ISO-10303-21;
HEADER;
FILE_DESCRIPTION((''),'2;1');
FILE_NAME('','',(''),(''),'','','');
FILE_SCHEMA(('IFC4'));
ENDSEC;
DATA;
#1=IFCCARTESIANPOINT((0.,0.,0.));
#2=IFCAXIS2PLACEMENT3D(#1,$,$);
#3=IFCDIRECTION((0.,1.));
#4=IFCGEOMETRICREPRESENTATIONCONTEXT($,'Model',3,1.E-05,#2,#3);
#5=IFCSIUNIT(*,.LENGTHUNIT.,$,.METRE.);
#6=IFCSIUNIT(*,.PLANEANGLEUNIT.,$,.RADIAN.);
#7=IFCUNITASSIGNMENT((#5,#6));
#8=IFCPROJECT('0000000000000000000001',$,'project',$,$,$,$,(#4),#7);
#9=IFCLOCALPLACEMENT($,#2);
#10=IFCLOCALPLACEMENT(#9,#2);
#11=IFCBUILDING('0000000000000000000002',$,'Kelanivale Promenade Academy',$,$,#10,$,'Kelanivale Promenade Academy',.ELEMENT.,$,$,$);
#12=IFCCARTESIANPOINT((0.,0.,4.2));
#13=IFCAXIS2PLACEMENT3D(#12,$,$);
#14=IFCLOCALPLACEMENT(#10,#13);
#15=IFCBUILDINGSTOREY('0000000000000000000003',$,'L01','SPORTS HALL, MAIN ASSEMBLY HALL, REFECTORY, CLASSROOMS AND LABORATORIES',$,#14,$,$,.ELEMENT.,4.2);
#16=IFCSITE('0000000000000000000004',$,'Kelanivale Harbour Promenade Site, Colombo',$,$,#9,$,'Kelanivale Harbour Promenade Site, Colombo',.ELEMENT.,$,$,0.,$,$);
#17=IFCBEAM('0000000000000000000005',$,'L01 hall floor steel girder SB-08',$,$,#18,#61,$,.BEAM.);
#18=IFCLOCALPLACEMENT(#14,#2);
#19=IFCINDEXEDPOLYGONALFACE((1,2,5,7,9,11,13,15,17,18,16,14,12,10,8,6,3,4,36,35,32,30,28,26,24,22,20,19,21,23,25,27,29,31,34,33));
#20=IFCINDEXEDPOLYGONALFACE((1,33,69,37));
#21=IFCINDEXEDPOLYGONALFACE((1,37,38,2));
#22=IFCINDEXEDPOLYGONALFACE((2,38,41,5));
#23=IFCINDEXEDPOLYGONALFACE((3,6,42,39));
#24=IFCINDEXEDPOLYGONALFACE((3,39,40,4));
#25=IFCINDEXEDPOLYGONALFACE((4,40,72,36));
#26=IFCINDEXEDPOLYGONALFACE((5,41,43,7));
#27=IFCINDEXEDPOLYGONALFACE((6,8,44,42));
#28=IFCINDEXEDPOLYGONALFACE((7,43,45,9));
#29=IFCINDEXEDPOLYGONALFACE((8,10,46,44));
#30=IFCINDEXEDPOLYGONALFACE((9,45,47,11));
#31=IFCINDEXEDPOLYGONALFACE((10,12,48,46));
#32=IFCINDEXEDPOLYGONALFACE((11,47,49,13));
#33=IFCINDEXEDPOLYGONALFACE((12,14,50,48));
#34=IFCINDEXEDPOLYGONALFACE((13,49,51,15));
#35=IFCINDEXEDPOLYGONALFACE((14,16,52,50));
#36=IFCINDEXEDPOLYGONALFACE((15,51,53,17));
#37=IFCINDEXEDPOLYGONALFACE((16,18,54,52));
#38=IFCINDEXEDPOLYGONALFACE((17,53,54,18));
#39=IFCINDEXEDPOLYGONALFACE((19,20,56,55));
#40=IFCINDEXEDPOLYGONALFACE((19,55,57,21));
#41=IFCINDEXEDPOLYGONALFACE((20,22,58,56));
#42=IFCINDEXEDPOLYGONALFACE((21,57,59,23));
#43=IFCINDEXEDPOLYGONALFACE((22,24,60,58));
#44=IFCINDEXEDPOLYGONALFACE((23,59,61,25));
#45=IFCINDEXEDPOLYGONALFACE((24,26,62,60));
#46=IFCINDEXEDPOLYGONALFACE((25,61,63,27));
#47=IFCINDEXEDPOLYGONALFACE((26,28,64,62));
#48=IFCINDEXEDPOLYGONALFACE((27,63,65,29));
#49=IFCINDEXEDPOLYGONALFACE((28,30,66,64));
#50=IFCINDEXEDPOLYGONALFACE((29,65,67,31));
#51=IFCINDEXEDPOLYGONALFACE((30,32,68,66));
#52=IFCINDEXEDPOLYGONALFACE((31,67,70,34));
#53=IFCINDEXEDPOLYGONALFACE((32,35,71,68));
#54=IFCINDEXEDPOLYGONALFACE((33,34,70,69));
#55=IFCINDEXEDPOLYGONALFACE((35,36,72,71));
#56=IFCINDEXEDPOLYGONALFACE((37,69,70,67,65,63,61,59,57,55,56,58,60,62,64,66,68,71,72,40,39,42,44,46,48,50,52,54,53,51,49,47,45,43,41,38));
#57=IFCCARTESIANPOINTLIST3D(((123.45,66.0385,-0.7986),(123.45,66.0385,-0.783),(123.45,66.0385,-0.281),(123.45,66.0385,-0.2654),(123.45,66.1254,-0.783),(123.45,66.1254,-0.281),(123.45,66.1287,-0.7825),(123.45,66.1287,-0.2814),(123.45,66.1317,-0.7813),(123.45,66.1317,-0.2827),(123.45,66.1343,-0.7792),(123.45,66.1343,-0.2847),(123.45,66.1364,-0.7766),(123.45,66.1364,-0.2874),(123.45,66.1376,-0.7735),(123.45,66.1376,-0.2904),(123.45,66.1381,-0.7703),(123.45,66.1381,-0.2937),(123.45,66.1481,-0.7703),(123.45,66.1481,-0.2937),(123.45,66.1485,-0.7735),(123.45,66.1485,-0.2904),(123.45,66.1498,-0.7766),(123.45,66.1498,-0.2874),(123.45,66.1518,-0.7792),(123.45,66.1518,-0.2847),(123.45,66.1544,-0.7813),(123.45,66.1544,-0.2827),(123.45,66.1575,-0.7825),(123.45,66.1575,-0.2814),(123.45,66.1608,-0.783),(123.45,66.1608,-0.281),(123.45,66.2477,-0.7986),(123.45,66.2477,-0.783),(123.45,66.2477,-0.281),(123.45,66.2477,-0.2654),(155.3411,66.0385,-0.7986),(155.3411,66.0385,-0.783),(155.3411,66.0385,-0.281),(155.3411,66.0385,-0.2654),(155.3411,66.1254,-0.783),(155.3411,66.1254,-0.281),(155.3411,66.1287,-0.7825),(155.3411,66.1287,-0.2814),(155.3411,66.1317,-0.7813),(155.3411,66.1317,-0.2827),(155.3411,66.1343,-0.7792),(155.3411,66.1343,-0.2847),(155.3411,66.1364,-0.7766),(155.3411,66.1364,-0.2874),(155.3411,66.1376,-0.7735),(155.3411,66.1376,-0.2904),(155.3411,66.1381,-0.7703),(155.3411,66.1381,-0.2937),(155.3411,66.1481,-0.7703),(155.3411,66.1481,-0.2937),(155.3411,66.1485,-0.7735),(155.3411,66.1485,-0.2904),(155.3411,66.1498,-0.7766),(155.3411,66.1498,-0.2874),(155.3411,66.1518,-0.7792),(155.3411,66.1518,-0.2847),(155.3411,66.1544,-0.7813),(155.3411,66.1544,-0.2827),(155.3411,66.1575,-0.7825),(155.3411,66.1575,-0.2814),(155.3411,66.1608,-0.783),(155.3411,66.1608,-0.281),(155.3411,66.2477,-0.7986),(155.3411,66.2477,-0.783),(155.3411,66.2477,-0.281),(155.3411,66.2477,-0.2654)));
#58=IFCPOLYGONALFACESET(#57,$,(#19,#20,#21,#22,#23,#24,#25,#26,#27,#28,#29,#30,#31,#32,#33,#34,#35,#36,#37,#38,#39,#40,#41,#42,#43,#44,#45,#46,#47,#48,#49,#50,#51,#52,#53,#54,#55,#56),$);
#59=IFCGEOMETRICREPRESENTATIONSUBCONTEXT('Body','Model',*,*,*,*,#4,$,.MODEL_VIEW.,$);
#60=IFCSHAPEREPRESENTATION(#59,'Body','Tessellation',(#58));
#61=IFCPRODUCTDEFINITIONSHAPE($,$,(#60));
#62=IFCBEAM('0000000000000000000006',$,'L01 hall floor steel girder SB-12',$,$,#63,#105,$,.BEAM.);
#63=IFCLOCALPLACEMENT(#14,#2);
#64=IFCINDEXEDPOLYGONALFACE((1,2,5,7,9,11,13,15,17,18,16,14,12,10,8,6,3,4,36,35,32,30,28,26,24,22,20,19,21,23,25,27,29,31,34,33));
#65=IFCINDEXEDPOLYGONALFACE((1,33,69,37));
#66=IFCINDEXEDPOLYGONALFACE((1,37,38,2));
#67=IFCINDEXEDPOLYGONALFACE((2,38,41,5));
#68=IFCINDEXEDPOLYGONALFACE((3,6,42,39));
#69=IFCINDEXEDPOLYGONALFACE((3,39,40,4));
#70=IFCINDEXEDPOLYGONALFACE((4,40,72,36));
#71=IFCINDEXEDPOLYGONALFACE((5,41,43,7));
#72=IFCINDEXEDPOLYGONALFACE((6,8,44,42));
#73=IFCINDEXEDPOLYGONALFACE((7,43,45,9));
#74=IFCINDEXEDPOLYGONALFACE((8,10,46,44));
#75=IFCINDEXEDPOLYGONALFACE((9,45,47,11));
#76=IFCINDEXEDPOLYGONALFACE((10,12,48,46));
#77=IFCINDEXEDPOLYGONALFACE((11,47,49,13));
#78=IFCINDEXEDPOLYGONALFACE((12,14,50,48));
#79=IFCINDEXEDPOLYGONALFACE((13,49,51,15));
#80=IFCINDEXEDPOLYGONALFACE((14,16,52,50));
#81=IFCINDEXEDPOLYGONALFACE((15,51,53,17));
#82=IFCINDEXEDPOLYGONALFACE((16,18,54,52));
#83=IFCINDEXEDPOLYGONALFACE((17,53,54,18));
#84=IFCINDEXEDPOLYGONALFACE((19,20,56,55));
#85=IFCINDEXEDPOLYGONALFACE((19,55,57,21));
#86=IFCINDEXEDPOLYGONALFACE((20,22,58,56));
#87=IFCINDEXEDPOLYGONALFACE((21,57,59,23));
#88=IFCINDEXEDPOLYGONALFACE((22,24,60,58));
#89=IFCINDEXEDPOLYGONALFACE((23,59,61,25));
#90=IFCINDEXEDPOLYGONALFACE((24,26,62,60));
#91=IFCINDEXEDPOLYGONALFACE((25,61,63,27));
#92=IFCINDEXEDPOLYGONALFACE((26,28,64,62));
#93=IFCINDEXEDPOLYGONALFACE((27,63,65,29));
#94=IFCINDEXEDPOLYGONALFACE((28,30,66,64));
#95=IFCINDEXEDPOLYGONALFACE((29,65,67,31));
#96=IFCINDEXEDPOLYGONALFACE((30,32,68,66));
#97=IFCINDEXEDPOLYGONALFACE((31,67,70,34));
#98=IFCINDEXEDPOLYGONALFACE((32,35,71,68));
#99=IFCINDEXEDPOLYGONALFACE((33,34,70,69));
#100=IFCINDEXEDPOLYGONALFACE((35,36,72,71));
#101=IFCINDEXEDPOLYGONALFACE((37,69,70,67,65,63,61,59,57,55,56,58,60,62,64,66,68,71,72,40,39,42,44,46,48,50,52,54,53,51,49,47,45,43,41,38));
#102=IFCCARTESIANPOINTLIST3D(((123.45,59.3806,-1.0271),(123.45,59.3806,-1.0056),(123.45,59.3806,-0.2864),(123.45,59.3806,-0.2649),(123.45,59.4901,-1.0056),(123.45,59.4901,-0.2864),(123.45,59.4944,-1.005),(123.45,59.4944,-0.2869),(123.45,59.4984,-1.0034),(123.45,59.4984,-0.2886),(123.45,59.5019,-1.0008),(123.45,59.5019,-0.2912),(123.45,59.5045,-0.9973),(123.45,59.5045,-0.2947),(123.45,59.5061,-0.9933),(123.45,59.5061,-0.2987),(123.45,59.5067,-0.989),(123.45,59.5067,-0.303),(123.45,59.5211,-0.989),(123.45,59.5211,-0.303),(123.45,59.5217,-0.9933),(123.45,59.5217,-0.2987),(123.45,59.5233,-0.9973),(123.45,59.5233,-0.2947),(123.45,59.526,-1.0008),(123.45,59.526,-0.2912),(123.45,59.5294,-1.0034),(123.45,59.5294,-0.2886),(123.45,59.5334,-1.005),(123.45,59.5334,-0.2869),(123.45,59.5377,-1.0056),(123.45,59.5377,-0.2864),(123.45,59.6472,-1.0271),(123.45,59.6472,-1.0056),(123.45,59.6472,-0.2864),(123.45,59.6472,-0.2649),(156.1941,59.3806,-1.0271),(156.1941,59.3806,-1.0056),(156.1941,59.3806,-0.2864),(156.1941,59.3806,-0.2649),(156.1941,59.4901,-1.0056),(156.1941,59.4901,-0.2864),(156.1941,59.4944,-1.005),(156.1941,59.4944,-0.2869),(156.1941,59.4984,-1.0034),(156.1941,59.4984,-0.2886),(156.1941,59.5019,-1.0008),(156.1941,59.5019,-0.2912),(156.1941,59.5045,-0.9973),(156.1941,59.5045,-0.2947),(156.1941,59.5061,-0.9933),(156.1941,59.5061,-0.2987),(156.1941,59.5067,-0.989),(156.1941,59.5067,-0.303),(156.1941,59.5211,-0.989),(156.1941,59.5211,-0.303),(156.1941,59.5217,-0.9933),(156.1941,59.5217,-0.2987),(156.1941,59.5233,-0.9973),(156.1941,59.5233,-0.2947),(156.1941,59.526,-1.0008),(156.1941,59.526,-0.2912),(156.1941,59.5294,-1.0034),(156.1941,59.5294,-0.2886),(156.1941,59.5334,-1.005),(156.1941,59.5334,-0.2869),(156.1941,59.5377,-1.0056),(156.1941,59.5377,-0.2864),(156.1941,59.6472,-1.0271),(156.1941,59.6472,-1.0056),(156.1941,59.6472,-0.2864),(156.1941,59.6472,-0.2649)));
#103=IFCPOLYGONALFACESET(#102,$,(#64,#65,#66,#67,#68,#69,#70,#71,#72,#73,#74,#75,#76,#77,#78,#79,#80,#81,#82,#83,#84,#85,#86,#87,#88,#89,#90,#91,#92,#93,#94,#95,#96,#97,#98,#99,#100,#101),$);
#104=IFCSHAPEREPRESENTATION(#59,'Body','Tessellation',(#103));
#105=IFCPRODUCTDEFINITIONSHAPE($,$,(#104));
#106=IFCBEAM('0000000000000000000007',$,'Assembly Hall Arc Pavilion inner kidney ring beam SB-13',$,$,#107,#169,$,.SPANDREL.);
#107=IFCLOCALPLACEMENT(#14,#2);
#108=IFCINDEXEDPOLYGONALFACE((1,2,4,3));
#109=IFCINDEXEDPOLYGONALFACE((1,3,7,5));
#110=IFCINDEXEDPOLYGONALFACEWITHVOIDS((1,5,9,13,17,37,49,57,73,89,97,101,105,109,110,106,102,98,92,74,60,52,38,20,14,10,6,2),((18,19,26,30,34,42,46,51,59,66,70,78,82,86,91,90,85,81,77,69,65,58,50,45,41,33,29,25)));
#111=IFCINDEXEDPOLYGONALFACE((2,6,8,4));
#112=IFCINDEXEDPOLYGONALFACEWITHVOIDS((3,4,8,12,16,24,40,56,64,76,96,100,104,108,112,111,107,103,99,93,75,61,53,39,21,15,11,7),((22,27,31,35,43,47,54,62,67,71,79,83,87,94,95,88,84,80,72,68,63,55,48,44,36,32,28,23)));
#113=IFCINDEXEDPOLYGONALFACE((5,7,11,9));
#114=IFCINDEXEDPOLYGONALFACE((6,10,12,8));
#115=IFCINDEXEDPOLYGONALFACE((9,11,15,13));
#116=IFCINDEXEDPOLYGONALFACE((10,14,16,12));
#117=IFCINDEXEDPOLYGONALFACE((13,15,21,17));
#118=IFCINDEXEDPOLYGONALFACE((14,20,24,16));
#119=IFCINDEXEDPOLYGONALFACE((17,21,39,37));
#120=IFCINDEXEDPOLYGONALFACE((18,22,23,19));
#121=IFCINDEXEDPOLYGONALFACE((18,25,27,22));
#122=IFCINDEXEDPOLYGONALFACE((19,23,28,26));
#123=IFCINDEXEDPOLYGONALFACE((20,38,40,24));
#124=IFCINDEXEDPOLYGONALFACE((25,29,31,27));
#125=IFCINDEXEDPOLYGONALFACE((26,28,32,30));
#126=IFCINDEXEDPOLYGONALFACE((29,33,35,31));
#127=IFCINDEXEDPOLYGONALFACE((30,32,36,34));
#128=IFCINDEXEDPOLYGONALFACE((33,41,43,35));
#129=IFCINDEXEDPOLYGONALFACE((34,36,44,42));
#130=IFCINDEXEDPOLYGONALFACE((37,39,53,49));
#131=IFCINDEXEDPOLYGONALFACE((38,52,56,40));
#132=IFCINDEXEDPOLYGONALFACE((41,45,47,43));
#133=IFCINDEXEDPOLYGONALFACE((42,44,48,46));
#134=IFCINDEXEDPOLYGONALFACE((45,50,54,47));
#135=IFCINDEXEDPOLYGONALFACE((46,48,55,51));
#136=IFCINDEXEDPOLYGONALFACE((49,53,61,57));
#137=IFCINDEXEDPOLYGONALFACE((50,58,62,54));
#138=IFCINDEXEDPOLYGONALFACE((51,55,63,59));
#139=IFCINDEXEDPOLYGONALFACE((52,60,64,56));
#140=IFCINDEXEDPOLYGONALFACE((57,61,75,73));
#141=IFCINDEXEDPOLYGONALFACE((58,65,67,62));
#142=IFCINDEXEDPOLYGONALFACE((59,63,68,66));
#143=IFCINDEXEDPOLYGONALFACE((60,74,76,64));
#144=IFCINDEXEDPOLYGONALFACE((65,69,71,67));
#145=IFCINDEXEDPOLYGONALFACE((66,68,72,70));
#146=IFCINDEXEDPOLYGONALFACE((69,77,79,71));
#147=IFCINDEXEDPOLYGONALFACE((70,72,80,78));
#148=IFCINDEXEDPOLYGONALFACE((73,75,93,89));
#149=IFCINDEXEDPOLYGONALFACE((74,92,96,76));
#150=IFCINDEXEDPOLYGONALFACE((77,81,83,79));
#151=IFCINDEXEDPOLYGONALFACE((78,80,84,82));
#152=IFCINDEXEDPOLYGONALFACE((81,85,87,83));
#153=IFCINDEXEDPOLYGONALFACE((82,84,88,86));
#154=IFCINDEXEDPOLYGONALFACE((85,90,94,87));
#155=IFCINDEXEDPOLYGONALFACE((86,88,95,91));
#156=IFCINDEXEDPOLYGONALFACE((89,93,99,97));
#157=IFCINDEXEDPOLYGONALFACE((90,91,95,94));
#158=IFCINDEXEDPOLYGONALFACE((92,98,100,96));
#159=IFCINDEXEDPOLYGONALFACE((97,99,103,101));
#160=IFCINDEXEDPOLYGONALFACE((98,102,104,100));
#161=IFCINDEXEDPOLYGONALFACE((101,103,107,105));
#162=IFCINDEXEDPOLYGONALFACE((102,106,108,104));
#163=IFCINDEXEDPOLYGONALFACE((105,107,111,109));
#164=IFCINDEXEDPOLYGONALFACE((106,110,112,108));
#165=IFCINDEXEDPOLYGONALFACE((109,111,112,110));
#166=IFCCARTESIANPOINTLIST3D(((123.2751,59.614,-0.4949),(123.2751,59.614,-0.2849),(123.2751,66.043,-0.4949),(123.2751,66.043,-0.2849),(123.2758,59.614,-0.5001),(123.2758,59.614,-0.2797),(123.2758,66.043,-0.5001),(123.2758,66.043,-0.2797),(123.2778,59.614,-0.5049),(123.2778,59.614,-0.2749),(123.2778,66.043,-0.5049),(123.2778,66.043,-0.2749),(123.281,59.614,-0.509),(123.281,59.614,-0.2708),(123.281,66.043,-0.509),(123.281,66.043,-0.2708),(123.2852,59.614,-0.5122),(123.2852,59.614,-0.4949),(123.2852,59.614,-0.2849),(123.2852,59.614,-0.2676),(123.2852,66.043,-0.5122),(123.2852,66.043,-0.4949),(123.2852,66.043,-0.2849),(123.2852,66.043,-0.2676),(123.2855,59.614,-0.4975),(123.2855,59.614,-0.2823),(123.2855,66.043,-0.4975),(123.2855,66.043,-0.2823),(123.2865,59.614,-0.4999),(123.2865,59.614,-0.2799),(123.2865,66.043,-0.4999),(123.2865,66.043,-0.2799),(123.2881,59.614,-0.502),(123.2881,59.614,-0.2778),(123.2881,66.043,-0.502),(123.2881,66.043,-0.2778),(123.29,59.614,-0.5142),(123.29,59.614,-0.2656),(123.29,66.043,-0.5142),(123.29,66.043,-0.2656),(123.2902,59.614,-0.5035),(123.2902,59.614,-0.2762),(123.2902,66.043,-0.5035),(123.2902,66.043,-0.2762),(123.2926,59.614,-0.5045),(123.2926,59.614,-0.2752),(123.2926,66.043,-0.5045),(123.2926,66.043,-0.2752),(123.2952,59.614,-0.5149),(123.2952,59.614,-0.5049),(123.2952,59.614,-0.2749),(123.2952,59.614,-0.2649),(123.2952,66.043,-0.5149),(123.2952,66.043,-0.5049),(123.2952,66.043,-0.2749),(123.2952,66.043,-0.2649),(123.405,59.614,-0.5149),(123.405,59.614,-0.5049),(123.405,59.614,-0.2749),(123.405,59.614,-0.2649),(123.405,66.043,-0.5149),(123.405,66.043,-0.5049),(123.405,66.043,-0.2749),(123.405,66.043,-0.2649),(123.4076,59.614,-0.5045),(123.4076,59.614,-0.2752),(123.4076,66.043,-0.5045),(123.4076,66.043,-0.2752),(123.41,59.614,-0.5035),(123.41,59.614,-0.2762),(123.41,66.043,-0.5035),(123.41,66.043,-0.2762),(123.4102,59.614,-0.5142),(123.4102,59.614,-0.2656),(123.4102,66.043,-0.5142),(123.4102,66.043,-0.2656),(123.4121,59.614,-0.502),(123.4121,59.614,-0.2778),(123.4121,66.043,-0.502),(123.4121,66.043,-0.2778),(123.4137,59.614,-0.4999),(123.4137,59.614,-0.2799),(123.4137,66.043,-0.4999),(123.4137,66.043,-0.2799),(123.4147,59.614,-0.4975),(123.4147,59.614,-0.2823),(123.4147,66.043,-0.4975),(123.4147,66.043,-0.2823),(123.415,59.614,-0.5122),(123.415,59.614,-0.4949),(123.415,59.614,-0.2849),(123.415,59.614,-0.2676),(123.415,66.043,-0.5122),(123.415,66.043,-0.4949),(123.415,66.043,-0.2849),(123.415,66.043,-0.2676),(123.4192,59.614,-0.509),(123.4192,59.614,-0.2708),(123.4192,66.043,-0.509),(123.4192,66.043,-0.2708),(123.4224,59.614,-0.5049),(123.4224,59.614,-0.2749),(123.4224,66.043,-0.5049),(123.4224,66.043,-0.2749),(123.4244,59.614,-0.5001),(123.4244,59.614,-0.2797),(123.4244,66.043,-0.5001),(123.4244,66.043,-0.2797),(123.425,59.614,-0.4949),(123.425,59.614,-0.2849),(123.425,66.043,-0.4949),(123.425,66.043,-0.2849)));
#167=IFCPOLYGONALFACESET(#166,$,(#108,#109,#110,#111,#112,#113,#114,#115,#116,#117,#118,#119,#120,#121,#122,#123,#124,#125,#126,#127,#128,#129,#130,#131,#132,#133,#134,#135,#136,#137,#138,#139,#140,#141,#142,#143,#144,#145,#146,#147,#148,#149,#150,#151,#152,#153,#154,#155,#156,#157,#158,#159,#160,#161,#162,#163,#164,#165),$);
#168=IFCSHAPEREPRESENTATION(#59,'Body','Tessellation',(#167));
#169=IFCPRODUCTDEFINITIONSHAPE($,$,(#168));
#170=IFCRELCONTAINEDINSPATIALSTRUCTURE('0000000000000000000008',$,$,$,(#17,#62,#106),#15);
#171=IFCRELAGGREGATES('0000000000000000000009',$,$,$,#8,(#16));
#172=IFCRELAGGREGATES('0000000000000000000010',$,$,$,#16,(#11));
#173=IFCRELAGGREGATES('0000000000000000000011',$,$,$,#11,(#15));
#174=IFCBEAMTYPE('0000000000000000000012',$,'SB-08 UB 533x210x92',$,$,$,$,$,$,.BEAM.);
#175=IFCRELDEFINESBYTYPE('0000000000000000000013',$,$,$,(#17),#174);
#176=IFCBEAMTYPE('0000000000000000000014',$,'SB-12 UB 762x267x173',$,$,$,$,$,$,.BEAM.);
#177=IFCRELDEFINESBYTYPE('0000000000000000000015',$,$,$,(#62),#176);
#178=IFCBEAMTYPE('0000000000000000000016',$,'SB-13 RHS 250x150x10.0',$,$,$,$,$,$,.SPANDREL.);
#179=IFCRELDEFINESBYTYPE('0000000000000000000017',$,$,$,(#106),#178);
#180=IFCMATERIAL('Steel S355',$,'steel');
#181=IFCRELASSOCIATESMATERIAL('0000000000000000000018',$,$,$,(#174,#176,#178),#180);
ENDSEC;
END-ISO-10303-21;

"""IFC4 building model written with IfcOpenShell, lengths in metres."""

from ifc_helpers import new_model, si_unit, direction, frame, origin, origin_2d, place, context, subcontext, project, spatial, hollow_rectangle, i_section, extrude, material, material_profile, profile_set, type_object, element, save


model = new_model("IFC4")

# Units and contexts
model_context = context("Model", 3, precision=1e-05, world=origin(), true_north=direction((0.0, 1.0)))
body_context = subcontext(model_context, "Body", "Model", "MODEL_VIEW")
ifc_project = project(units=[si_unit("LENGTHUNIT", "METRE"), si_unit("PLANEANGLEUNIT", "RADIAN")], contexts=[model_context])

# Site, building, storey
site_placement = place(None, origin())
site = spatial("IfcSite", under=ifc_project, at=site_placement, Name="Kelanivale Harbour Promenade Site, Colombo", LongName="Kelanivale Harbour Promenade Site, Colombo", CompositionType="ELEMENT", RefElevation=0.0)
building_placement = place(site_placement, origin())
building = spatial("IfcBuilding", under=site, at=building_placement, Name="Kelanivale Promenade Academy", LongName="Kelanivale Promenade Academy", CompositionType="ELEMENT")
storey_placement = place(building_placement, frame((0.0, 0.0, 4.2)))
storey = spatial("IfcBuildingStorey", under=building, at=storey_placement, Name="L01", Description="SPORTS HALL, MAIN ASSEMBLY HALL, REFECTORY, CLASSROOMS AND LABORATORIES", CompositionType="ELEMENT", Elevation=4.2)

# Shared definitions
ifc_material_1 = material(Name="Steel S355", Category="steel")

# Beams
ifc_material_profile_1 = material_profile(ifc_material_1, i_section(OverallWidth=0.2092, OverallDepth=0.5332, WebThickness=0.01, FlangeThickness=0.0156, FilletRadius=0.0127, at=origin_2d()), Name="UB 533x210x92")
ifc_profile_set_1 = profile_set([ifc_material_profile_1], Name="Steel S355")
beam_type_1 = type_object("IfcBeamType", Name="SB-08 UB 533x210x92", PredefinedType="BEAM", material=ifc_profile_set_1)
beam_1_placement = place(storey_placement, frame((123.45, 66.1431, -0.532), z_axis=(1.0, 0.0, 0.0), x_axis=(0.0, 1.0, 0.0)))
element("IfcBeam", 1, at=beam_1_placement, inside=storey, type_object=beam_type_1, Name="L01 hall floor steel girder SB-08", PredefinedType="BEAM", context=body_context, shape_type="SweptSolid", body=[
    extrude(i_section(OverallWidth=0.2092, OverallDepth=0.5332, WebThickness=0.01, FlangeThickness=0.0156, FilletRadius=0.0127, at=origin_2d()), origin(), (0.0, 0.0, 1.0), 31.8911),
])
ifc_material_profile_2 = material_profile(ifc_material_1, i_section(OverallWidth=0.2666, OverallDepth=0.7622, WebThickness=0.0144, FlangeThickness=0.0215, FilletRadius=0.0166, at=origin_2d()), Name="UB 762x267x173")
ifc_profile_set_2 = profile_set([ifc_material_profile_2], Name="Steel S355")
beam_type_2 = type_object("IfcBeamType", Name="SB-12 UB 762x267x173", PredefinedType="BEAM", material=ifc_profile_set_2)
beam_2_placement = place(storey_placement, frame((123.45, 59.5139, -0.646), z_axis=(1.0, 0.0, 0.0), x_axis=(0.0, 1.0, 0.0)))
element("IfcBeam", 2, at=beam_2_placement, inside=storey, type_object=beam_type_2, Name="L01 hall floor steel girder SB-12", PredefinedType="BEAM", context=body_context, shape_type="SweptSolid", body=[
    extrude(i_section(OverallWidth=0.2666, OverallDepth=0.7622, WebThickness=0.0144, FlangeThickness=0.0215, FilletRadius=0.0166, at=origin_2d()), origin(), (0.0, 0.0, 1.0), 32.7441),
])
ifc_material_profile_3 = material_profile(ifc_material_1, hollow_rectangle(XDim=0.1499, YDim=0.25, WallThickness=0.01, InnerFilletRadius=0.01, OuterFilletRadius=0.02, at=origin_2d()), Name="RHS 250x150x10.0")
ifc_profile_set_3 = profile_set([ifc_material_profile_3], Name="Steel S355")
beam_type_3 = type_object("IfcBeamType", Name="SB-13 RHS 250x150x10.0", PredefinedType="SPANDREL", material=ifc_profile_set_3)
beam_3_placement = place(storey_placement, frame((123.3501, 59.614, -0.3899), z_axis=(0.0, 1.0, 0.0), x_axis=(-1.0, 0.0, 0.0)))
element("IfcBeam", 3, at=beam_3_placement, inside=storey, type_object=beam_type_3, Name="Assembly Hall Arc Pavilion inner kidney ring beam SB-13", PredefinedType="SPANDREL", context=body_context, shape_type="SweptSolid", body=[
    extrude(hollow_rectangle(XDim=0.1499, YDim=0.25, WallThickness=0.01, InnerFilletRadius=0.01, OuterFilletRadius=0.02, at=origin_2d()), origin(), (0.0, 0.0, 1.0), 6.429),
])

save(model, "model.ifc")
